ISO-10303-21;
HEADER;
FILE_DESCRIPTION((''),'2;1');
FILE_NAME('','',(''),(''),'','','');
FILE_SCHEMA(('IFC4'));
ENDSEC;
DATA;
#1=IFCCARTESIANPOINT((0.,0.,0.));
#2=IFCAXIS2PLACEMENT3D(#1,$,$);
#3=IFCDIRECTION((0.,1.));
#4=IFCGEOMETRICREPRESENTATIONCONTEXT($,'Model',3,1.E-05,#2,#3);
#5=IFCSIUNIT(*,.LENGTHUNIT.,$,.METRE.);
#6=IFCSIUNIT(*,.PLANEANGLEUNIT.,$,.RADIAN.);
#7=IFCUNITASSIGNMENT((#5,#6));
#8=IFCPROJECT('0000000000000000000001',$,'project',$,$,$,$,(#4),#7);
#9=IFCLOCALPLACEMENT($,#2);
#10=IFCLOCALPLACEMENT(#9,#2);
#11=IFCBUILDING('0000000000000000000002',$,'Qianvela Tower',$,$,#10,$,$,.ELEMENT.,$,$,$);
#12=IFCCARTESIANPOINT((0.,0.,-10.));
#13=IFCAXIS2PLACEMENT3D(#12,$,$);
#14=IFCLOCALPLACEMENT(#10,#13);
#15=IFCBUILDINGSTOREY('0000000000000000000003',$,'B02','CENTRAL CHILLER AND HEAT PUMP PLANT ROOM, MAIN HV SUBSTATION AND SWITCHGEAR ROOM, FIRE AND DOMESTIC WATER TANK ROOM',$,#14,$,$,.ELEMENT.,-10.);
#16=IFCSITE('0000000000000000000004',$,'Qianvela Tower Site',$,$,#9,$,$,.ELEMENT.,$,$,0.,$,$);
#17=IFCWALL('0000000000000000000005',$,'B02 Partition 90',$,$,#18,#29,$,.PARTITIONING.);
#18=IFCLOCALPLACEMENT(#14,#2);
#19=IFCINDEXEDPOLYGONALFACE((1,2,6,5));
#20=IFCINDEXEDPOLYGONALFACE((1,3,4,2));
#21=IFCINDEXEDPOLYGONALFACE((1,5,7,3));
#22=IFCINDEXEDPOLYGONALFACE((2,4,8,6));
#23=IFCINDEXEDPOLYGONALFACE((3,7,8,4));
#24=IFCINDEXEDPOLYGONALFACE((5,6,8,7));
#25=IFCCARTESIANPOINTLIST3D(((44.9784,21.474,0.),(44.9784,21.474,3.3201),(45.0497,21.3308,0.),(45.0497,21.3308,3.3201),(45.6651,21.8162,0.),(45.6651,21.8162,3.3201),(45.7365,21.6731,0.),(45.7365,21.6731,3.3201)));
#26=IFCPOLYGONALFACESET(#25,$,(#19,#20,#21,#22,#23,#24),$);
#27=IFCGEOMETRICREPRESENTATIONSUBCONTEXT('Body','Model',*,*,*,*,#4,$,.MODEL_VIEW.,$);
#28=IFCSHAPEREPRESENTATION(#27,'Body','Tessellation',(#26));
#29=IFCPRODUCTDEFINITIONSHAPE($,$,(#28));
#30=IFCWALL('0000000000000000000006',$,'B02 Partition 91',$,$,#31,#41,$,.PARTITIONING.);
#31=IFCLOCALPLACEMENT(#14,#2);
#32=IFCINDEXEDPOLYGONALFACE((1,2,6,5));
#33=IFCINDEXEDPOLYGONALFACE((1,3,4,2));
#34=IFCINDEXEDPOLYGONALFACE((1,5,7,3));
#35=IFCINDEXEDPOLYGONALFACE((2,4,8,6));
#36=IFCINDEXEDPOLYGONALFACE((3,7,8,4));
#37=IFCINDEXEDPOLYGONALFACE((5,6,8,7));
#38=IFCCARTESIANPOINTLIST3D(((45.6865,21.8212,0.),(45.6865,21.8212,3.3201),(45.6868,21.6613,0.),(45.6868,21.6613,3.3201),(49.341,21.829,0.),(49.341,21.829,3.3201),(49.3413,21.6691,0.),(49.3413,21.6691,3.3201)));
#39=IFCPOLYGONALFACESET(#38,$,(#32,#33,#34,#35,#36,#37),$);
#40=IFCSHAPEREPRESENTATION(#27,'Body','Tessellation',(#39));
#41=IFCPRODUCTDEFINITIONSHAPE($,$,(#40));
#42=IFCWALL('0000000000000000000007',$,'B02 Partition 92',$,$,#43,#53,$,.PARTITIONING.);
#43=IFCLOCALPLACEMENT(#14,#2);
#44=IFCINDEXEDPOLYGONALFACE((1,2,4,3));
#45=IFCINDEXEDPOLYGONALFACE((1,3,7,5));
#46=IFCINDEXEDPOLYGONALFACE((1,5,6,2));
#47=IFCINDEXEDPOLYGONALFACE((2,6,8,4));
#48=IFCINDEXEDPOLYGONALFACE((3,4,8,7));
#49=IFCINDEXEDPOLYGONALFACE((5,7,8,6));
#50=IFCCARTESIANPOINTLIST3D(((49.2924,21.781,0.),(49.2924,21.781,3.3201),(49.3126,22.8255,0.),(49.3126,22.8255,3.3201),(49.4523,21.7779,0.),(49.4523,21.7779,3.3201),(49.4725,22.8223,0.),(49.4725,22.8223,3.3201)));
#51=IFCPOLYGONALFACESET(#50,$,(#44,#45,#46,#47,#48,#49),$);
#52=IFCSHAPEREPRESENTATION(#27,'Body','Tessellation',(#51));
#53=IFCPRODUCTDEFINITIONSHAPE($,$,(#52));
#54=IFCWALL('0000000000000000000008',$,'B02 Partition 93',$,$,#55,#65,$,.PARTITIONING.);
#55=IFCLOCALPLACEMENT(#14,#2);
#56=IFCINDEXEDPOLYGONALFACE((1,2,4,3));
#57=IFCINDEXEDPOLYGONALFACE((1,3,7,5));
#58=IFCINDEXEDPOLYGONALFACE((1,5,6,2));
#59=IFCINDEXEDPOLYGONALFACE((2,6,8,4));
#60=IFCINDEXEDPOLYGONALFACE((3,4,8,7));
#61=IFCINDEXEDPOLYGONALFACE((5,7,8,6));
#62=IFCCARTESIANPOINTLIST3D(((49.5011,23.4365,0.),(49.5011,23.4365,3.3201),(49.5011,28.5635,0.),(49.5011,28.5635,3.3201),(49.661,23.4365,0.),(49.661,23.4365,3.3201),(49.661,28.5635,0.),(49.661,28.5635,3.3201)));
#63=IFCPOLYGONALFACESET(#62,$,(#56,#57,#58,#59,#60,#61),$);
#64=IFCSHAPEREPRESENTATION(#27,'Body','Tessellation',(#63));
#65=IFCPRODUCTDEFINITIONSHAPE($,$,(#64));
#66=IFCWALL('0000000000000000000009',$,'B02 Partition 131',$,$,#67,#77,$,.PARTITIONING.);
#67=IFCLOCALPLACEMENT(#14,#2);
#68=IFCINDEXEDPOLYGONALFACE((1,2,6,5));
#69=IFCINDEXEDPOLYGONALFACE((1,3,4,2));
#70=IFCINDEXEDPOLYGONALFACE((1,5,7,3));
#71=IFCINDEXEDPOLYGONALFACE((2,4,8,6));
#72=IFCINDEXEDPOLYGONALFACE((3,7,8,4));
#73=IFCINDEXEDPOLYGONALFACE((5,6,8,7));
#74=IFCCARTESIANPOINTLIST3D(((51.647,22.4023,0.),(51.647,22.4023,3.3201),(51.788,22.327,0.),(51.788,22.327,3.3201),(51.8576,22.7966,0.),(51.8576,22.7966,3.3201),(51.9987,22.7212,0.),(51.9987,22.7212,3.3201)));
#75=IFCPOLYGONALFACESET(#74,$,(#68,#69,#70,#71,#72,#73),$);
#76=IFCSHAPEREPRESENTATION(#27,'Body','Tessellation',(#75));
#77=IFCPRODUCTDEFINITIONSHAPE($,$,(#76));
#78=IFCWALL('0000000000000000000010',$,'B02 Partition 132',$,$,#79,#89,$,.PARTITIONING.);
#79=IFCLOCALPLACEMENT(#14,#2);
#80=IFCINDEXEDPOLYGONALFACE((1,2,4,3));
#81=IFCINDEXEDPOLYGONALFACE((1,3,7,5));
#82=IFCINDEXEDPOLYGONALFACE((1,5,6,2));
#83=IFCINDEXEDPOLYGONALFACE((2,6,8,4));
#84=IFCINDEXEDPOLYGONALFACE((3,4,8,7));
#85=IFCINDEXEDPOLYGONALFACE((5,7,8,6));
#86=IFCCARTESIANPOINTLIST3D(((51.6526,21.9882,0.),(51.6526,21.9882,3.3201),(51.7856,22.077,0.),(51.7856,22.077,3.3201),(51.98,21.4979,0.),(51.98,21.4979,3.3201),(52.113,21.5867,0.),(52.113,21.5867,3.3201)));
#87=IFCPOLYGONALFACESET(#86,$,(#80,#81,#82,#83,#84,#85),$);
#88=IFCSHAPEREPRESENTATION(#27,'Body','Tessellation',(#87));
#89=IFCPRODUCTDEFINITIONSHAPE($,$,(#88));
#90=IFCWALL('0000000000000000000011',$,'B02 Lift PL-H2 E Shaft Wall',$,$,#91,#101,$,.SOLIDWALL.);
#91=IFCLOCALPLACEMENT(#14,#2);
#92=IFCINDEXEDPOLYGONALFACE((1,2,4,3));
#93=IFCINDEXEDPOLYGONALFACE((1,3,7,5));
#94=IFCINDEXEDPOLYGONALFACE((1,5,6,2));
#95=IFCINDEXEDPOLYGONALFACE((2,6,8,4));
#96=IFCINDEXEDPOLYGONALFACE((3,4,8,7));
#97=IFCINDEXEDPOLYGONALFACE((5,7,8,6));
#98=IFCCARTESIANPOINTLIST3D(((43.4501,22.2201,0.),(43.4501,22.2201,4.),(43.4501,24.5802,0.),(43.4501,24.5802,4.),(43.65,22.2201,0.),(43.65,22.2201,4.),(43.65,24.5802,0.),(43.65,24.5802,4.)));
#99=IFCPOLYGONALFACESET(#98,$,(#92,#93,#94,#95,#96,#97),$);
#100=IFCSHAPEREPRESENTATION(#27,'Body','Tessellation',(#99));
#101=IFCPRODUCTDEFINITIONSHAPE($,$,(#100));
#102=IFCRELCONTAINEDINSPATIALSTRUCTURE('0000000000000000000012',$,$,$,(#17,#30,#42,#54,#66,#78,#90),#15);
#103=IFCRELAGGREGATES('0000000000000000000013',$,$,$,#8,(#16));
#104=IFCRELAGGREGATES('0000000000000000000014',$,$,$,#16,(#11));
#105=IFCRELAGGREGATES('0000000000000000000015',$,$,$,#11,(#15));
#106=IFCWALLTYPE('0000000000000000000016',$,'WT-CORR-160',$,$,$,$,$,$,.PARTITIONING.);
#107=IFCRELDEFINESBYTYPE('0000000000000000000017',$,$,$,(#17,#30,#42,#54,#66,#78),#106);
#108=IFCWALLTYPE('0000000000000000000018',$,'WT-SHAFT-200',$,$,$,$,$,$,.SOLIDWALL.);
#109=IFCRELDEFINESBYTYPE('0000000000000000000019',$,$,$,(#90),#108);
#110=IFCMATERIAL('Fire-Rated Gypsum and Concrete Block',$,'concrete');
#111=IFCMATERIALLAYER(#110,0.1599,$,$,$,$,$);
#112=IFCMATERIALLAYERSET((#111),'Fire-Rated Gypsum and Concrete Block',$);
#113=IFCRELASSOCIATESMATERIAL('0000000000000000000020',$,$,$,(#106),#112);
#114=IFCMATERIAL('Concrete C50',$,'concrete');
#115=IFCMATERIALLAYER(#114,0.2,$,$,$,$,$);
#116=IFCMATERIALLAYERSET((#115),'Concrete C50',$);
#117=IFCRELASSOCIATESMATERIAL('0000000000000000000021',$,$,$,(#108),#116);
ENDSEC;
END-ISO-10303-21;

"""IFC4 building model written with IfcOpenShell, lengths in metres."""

from ifc_helpers import new_model, si_unit, direction, frame, frame_2d, origin, place, context, subcontext, project, spatial, rectangle, extrude, material, layer, layer_set, type_object, element, save


model = new_model("IFC4")

# Units and contexts
model_context = context("Model", 3, precision=1e-05, world=origin(), true_north=direction((0.0, 1.0)))
body_context = subcontext(model_context, "Body", "Model", "MODEL_VIEW")
ifc_project = project(units=[si_unit("LENGTHUNIT", "METRE"), si_unit("PLANEANGLEUNIT", "RADIAN")], contexts=[model_context])

# Site, building, storey
site_placement = place(None, origin())
site = spatial("IfcSite", under=ifc_project, at=site_placement, Name="Qianvela Tower Site", CompositionType="ELEMENT", RefElevation=0.0)
building_placement = place(site_placement, origin())
building = spatial("IfcBuilding", under=site, at=building_placement, Name="Qianvela Tower", CompositionType="ELEMENT")
storey_placement = place(building_placement, frame((0.0, 0.0, -10.0)))
storey = spatial("IfcBuildingStorey", under=building, at=storey_placement, Name="B02", Description="CENTRAL CHILLER AND HEAT PUMP PLANT ROOM, MAIN HV SUBSTATION AND SWITCHGEAR ROOM, FIRE AND DOMESTIC WATER TANK ROOM", CompositionType="ELEMENT", Elevation=-10.0)

# Shared definitions
ifc_material_1 = material(Name="Fire-Rated Gypsum and Concrete Block", Category="concrete")
ifc_layer_1 = layer(ifc_material_1, 0.1599)
ifc_layer_set_1 = layer_set([ifc_layer_1], Name="Fire-Rated Gypsum and Concrete Block")
wall_type_1 = type_object("IfcWallType", Name="WT-CORR-160", PredefinedType="PARTITIONING", material=ifc_layer_set_1)

# Walls
wall_1_placement = place(storey_placement, frame((45.0139, 21.4023, 0.0), z_axis=(0.0, 0.0, 1.0), x_axis=(0.894999, 0.446068, 0.0)))
element("IfcWall", 1, at=wall_1_placement, inside=storey, type_object=wall_type_1, Name="B02 Partition 90", PredefinedType="PARTITIONING", context=body_context, shape_type="SweptSolid", body=[
    extrude(rectangle(XDim=0.7673, YDim=0.1599, at=frame_2d((0.3838, 0.0))), origin(), (0.0, 0.0, 1.0), 3.3201),
])
wall_2_placement = place(storey_placement, frame((45.6868, 21.7412, 0.0), z_axis=(0.0, 0.0, 1.0), x_axis=(0.999998, 0.002138, 0.0)))
element("IfcWall", 2, at=wall_2_placement, inside=storey, type_object=wall_type_1, Name="B02 Partition 91", PredefinedType="PARTITIONING", context=body_context, shape_type="SweptSolid", body=[
    extrude(rectangle(XDim=3.6545, YDim=0.1599, at=frame_2d((1.8271, 0.0))), origin(), (0.0, 0.0, 1.0), 3.3201),
])
wall_3_placement = place(storey_placement, frame((49.3723, 21.7793, 0.0), z_axis=(0.0, 0.0, 1.0), x_axis=(0.019398, 0.999812, 0.0)))
element("IfcWall", 3, at=wall_3_placement, inside=storey, type_object=wall_type_1, Name="B02 Partition 92", PredefinedType="PARTITIONING", context=body_context, shape_type="SweptSolid", body=[
    extrude(rectangle(XDim=1.0447, YDim=0.1599, at=frame_2d((0.5225, 0.0))), origin(), (0.0, 0.0, 1.0), 3.3201),
])
wall_4_placement = place(storey_placement, frame((49.5811, 23.4365, 0.0), z_axis=(0.0, 0.0, 1.0), x_axis=(0.0, 1.0, 0.0)))
element("IfcWall", 4, at=wall_4_placement, inside=storey, type_object=wall_type_1, Name="B02 Partition 93", PredefinedType="PARTITIONING", context=body_context, shape_type="SweptSolid", body=[
    extrude(rectangle(XDim=5.127, YDim=0.1599, at=frame_2d((2.5635, 0.0))), origin(), (0.0, 0.0, 1.0), 3.3201),
])
wall_5_placement = place(storey_placement, frame((51.9282, 22.759, 0.0), z_axis=(0.0, 0.0, 1.0), x_axis=(-0.471297, -0.881975, 0.0)))
element("IfcWall", 5, at=wall_5_placement, inside=storey, type_object=wall_type_1, Name="B02 Partition 131", PredefinedType="PARTITIONING", context=body_context, shape_type="SweptSolid", body=[
    extrude(rectangle(XDim=0.447, YDim=0.1599, at=frame_2d((0.2236, 0.0))), origin(), (0.0, 0.0, 1.0), 3.3201),
])
wall_6_placement = place(storey_placement, frame((51.719, 22.0327, 0.0), z_axis=(0.0, 0.0, 1.0), x_axis=(0.555369, -0.831604, 0.0)))
element("IfcWall", 6, at=wall_6_placement, inside=storey, type_object=wall_type_1, Name="B02 Partition 132", PredefinedType="PARTITIONING", context=body_context, shape_type="SweptSolid", body=[
    extrude(rectangle(XDim=0.5896, YDim=0.1599, at=frame_2d((0.2949, 0.0))), origin(), (0.0, 0.0, 1.0), 3.3201),
])
ifc_material_2 = material(Name="Concrete C50", Category="concrete")
ifc_layer_2 = layer(ifc_material_2, 0.2)
ifc_layer_set_2 = layer_set([ifc_layer_2], Name="Concrete C50")
wall_type_2 = type_object("IfcWallType", Name="WT-SHAFT-200", PredefinedType="SOLIDWALL", material=ifc_layer_set_2)
wall_7_placement = place(storey_placement, frame((43.55, 22.22, 0.0), z_axis=(0.0, 0.0, 1.0), x_axis=(0.0, 1.0, 0.0)))
element("IfcWall", 7, at=wall_7_placement, inside=storey, type_object=wall_type_2, Name="B02 Lift PL-H2 E Shaft Wall", PredefinedType="SOLIDWALL", context=body_context, shape_type="SweptSolid", body=[
    extrude(rectangle(XDim=2.3601, YDim=0.2, at=frame_2d((1.1802, 0.0))), origin(), (0.0, 0.0, 1.0), 4.0),
])

save(model, "model.ifc")
